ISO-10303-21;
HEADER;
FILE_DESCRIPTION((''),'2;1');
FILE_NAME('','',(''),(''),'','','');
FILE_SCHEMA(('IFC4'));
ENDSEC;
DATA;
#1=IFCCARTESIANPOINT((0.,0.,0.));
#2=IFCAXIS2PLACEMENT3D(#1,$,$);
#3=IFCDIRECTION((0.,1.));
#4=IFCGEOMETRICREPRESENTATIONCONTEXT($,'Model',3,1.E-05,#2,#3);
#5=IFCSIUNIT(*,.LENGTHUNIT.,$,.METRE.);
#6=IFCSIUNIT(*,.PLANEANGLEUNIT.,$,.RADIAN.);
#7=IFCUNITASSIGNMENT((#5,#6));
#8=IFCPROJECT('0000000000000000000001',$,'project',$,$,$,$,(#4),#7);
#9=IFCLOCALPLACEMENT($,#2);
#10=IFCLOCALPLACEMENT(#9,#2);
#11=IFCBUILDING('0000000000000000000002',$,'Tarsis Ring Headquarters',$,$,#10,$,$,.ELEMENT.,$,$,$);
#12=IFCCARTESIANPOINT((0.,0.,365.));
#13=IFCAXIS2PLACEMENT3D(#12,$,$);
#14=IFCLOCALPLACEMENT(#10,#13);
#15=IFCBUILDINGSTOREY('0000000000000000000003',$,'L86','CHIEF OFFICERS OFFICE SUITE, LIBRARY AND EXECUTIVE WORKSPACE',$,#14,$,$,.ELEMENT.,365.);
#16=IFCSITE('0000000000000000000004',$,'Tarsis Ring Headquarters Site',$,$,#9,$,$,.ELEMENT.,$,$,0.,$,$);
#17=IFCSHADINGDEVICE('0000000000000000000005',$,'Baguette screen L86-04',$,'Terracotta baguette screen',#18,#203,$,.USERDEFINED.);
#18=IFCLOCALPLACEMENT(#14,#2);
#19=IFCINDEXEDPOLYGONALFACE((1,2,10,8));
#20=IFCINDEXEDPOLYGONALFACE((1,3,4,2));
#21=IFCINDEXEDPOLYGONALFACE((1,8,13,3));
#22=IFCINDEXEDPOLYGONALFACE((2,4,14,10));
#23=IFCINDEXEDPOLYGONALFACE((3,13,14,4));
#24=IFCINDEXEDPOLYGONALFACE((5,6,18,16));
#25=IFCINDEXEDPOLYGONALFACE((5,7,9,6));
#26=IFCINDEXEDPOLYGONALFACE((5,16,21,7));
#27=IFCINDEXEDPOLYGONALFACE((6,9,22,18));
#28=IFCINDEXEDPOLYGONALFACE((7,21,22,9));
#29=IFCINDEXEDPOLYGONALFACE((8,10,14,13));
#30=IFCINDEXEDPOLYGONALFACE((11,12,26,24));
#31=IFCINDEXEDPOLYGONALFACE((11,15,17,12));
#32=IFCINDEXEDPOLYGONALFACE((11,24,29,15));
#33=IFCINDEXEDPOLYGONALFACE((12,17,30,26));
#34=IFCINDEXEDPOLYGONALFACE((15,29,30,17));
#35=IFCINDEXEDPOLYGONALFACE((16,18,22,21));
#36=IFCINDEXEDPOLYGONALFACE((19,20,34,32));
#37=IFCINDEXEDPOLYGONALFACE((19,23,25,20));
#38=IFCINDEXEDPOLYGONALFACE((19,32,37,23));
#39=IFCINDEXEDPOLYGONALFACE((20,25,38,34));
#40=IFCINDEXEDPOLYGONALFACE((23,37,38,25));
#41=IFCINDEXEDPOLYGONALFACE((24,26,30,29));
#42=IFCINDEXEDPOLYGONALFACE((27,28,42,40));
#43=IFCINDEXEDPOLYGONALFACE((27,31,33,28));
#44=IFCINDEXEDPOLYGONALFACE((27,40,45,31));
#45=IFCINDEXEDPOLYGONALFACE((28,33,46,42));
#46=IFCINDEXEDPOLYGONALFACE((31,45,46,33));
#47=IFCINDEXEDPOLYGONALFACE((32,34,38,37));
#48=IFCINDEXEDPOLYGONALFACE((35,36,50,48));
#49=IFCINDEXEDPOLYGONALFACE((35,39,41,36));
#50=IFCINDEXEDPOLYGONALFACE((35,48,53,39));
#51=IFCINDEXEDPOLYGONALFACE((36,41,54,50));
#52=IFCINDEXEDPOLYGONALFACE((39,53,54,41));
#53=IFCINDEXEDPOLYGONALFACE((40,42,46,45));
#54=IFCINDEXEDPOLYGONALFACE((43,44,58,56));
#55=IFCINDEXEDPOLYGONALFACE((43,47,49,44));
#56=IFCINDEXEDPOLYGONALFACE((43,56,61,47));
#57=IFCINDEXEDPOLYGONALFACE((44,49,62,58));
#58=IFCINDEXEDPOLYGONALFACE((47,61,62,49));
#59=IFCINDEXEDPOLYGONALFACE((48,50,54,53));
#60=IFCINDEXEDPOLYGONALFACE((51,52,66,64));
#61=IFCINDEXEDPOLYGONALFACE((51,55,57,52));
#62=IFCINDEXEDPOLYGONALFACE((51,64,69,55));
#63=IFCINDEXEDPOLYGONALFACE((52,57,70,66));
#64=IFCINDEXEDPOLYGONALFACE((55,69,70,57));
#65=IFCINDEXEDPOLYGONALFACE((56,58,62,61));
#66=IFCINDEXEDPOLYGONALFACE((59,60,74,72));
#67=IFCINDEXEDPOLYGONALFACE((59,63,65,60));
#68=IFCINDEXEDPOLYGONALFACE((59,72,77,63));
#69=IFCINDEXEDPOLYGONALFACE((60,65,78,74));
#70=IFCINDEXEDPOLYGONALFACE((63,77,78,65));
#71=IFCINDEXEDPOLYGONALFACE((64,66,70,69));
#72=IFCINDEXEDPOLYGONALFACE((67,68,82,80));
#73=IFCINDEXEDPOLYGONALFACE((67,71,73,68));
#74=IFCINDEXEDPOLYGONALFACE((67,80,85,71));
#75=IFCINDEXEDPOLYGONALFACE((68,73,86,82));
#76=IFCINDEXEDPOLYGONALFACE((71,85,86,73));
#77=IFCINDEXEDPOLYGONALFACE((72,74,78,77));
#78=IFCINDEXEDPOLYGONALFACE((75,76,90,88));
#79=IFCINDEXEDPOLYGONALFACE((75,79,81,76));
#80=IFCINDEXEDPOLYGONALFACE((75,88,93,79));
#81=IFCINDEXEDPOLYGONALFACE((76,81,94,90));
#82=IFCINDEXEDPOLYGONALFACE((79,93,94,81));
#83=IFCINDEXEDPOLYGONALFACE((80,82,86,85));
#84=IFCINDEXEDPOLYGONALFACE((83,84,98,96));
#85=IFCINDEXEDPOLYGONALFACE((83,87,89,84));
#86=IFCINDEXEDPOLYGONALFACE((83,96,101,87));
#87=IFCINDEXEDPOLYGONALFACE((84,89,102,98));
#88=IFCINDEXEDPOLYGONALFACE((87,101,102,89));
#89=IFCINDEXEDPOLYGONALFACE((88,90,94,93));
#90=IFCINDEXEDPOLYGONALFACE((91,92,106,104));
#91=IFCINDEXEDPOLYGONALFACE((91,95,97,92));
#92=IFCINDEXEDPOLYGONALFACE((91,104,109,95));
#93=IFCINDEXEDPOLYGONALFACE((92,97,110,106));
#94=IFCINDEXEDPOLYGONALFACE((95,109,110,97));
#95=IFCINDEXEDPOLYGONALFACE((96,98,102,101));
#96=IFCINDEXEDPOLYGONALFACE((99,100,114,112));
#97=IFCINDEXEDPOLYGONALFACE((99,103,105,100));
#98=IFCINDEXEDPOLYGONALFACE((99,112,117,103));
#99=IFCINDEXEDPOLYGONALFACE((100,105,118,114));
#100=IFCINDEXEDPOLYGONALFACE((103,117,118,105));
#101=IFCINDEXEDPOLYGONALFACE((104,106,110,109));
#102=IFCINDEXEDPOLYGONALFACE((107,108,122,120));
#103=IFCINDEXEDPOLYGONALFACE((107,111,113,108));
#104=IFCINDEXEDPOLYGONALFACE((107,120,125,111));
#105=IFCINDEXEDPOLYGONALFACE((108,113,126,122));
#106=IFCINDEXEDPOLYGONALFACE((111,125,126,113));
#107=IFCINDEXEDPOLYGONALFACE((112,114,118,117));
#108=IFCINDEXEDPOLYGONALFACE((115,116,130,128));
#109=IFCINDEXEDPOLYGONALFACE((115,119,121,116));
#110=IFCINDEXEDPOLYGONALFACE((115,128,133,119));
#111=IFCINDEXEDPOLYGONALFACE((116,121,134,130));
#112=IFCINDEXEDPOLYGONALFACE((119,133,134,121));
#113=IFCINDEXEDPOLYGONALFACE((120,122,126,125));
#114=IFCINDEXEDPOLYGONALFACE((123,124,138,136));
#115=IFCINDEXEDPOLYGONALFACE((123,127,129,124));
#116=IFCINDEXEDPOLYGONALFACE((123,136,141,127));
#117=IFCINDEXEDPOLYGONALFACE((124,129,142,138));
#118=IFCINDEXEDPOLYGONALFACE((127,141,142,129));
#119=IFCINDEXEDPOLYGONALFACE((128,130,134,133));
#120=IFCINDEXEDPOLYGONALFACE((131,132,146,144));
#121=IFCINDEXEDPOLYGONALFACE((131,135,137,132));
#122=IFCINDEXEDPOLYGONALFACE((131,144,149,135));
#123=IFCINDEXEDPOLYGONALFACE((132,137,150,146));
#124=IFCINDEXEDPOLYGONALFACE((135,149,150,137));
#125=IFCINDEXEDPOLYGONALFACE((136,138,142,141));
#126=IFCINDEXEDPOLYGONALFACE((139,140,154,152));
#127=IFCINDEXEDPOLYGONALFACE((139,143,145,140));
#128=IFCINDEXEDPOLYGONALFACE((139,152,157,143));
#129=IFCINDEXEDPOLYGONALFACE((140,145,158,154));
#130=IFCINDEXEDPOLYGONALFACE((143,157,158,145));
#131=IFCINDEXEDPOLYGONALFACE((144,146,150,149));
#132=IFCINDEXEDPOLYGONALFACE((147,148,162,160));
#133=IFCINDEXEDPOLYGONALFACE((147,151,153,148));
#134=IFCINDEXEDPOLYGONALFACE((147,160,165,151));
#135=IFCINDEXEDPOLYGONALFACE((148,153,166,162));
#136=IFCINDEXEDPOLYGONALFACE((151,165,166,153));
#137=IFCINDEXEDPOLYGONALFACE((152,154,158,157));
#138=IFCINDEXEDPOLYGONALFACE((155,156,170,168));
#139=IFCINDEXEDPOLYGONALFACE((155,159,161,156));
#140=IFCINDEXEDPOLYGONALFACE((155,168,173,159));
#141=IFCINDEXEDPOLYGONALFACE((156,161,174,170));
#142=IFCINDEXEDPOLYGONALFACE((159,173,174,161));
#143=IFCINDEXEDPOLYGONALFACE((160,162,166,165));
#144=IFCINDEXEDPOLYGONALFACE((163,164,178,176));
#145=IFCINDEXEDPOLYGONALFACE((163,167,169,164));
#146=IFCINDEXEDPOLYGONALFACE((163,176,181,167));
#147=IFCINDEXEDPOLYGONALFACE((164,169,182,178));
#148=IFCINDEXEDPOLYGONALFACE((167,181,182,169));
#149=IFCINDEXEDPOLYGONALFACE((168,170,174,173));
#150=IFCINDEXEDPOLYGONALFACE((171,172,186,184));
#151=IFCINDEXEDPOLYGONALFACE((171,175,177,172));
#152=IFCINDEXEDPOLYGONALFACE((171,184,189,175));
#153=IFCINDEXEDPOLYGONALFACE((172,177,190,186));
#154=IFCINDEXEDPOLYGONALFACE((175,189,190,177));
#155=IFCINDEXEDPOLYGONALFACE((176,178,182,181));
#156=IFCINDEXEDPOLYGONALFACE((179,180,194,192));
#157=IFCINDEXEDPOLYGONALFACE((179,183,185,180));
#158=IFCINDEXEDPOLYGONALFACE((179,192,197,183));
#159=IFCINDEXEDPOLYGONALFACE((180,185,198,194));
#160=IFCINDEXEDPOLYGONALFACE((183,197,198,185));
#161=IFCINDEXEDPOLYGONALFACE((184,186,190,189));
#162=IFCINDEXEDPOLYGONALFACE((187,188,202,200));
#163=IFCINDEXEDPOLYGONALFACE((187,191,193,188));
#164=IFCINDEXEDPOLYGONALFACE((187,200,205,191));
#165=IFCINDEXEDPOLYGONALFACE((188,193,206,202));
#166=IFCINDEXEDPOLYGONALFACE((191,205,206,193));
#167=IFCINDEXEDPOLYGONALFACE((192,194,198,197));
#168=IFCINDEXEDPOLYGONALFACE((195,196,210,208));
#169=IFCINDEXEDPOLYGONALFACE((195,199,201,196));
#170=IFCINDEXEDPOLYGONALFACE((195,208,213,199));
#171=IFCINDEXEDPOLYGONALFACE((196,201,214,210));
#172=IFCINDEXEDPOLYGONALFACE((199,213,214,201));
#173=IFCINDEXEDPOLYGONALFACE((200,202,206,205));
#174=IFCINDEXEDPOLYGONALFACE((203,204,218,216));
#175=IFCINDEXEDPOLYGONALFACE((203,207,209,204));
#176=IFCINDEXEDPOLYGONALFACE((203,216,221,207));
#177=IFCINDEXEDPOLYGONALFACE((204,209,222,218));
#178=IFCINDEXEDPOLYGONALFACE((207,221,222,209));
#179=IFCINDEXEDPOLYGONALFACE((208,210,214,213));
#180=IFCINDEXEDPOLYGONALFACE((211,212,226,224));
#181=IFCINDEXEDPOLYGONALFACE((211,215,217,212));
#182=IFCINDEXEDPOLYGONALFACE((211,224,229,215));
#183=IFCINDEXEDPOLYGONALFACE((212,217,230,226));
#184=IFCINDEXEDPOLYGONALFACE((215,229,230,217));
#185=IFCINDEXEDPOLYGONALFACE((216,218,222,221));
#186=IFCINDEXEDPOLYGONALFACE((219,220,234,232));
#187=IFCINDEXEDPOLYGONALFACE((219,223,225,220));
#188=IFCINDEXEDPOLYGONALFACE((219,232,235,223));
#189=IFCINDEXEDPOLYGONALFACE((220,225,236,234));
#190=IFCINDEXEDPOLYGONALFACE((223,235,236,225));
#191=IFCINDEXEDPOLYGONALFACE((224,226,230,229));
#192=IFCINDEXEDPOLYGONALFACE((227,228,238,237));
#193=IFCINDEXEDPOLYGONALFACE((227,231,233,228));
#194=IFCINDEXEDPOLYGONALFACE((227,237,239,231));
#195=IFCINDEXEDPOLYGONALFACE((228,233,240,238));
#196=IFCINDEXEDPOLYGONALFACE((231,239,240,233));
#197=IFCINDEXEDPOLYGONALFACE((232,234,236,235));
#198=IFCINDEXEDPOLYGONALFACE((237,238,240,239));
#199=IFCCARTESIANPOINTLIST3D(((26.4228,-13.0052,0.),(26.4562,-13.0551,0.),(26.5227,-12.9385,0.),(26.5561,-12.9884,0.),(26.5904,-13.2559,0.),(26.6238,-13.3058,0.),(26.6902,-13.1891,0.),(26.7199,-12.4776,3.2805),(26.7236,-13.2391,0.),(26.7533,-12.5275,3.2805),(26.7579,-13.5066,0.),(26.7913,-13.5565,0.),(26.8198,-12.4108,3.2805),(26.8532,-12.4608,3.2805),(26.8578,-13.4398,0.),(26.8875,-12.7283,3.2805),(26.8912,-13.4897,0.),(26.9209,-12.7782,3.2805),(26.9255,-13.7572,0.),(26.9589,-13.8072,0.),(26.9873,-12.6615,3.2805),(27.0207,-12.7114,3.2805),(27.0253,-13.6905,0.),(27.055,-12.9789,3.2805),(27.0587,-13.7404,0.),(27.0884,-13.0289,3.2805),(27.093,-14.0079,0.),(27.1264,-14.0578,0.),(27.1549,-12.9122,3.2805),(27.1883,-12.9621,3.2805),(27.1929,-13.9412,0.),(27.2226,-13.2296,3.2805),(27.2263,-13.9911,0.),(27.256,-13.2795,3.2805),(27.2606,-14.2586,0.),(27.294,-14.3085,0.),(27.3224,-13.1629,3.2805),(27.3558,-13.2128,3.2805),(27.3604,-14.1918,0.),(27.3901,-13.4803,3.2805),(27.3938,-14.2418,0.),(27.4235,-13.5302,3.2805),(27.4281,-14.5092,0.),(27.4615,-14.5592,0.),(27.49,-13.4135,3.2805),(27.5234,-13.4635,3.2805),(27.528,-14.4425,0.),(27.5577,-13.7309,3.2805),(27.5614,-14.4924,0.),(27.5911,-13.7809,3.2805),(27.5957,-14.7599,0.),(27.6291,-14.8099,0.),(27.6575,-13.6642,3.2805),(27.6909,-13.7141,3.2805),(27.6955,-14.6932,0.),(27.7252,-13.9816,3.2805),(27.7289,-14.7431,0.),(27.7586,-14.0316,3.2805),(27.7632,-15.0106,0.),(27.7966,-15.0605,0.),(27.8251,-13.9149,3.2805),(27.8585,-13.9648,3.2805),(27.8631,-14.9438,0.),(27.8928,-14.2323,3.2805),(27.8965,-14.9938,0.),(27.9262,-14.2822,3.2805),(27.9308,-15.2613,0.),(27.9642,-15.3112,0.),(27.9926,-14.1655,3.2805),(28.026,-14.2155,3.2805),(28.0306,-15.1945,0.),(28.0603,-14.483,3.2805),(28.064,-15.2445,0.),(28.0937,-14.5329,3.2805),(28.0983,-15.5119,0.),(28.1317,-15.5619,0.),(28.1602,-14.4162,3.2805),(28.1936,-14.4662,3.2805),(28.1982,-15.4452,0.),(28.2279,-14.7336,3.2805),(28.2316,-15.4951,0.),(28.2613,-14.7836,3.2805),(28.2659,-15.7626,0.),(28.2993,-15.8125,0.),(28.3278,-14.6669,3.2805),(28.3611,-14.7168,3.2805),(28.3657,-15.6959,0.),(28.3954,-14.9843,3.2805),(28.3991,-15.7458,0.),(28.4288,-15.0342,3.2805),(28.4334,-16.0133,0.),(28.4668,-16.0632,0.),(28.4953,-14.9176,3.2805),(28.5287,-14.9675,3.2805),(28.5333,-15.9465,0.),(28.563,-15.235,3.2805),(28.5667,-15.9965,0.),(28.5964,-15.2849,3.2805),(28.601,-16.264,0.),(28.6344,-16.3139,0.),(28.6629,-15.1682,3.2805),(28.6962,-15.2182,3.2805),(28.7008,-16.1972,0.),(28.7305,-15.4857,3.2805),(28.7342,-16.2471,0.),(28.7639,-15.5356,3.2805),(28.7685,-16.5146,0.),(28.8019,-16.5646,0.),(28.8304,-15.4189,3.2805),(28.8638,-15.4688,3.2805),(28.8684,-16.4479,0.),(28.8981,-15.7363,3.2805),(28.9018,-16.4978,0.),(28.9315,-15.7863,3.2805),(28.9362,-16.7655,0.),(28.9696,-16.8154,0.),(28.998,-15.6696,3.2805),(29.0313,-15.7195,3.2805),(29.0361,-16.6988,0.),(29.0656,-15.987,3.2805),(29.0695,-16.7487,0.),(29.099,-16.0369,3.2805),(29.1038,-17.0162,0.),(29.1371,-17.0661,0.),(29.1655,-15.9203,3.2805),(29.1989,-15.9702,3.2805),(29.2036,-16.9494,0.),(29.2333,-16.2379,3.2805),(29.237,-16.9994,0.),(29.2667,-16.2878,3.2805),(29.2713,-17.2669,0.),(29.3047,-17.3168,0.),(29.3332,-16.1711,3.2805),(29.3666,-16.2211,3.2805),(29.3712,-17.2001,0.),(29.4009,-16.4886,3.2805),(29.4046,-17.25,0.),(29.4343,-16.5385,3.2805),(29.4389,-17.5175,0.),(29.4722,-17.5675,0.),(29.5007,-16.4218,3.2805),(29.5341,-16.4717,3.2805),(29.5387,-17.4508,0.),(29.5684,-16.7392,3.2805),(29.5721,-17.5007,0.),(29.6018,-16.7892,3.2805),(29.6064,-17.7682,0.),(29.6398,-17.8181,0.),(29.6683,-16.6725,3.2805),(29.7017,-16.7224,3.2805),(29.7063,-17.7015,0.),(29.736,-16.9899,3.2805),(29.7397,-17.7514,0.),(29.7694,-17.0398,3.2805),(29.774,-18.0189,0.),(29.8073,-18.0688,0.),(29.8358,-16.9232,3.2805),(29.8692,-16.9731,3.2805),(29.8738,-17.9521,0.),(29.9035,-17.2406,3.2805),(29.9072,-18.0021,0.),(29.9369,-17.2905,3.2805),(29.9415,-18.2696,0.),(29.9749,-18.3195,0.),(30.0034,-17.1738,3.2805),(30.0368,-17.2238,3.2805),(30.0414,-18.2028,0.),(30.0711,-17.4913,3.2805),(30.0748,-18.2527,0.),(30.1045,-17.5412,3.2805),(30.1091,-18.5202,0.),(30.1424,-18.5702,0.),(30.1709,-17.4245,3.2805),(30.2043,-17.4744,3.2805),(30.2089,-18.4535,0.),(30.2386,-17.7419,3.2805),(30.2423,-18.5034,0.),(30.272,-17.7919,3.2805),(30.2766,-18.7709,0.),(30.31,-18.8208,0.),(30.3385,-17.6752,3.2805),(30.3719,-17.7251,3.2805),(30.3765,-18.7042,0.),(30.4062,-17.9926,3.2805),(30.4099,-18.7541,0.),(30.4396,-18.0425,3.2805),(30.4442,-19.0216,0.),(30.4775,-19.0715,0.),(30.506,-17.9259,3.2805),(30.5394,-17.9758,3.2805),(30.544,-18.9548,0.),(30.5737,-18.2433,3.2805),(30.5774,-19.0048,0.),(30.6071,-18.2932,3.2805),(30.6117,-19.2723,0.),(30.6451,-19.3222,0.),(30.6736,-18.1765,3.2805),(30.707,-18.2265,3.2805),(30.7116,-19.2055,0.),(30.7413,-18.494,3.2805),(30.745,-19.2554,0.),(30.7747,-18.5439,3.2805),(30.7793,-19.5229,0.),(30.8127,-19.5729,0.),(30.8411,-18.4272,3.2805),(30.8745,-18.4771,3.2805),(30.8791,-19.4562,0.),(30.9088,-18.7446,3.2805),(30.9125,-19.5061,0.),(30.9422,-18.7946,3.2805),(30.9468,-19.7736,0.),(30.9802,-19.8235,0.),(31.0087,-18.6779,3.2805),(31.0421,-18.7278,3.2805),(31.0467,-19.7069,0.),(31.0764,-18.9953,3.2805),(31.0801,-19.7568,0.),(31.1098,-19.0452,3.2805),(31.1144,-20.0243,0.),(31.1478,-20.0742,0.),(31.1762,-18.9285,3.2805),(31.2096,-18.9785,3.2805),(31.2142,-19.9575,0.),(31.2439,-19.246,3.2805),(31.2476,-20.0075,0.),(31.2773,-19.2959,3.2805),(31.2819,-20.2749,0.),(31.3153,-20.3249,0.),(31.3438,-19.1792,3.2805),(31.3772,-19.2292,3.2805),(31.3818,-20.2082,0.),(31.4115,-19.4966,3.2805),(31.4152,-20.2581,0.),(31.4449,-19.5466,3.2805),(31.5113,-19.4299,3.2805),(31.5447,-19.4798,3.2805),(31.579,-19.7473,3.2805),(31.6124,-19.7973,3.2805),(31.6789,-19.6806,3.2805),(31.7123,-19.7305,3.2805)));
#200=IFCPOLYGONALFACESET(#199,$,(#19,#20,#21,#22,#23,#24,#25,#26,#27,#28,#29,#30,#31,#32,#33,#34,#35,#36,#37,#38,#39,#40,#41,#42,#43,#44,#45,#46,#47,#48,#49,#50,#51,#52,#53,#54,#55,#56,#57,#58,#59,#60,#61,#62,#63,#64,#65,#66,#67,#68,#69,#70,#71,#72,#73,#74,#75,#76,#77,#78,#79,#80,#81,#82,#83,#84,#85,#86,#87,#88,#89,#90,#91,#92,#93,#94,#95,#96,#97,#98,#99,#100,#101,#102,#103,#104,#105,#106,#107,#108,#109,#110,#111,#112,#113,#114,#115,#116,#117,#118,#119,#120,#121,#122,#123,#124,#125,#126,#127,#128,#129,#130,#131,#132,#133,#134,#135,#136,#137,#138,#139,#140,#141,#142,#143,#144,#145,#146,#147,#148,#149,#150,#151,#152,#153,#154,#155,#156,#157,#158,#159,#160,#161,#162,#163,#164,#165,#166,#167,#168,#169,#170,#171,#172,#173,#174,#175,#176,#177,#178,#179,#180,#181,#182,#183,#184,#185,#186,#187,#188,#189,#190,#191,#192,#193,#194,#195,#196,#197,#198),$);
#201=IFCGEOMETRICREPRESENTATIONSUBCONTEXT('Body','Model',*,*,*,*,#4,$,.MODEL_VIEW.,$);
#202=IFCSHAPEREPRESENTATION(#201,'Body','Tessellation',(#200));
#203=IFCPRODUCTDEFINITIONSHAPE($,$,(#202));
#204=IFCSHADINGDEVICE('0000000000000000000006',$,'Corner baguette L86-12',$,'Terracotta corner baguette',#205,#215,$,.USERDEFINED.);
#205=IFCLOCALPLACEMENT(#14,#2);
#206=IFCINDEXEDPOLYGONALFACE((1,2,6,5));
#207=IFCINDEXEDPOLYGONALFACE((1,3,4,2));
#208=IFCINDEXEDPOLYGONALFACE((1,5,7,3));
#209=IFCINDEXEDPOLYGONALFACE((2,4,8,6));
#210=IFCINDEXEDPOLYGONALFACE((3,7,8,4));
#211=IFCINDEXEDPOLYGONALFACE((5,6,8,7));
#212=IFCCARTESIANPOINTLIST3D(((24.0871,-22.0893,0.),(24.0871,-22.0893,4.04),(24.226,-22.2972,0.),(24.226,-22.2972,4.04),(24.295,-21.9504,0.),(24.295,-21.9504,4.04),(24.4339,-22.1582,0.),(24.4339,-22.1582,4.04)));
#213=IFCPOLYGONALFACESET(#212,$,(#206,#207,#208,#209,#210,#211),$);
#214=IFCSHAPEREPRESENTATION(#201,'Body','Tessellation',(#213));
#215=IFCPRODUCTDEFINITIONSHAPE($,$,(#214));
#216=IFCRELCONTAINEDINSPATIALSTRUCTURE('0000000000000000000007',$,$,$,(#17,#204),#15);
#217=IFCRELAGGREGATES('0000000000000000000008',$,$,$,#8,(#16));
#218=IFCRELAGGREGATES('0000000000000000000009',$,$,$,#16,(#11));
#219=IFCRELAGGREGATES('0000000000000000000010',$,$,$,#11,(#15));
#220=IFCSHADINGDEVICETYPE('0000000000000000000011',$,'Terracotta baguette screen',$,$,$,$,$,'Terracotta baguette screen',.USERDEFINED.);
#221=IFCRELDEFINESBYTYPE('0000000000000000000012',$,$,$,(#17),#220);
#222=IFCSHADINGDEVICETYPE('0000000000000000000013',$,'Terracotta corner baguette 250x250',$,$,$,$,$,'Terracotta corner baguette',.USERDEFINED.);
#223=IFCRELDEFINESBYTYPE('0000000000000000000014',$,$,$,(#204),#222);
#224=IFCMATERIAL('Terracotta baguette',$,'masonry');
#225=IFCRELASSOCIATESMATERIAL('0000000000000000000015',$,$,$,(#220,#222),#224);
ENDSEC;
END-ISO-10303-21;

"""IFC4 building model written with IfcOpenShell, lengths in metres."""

from ifc_helpers import new_model, si_unit, direction, frame, frame_2d, origin, origin_2d, place, context, subcontext, project, spatial, rectangle, composite_profile, extrude, material, type_object, element, save


model = new_model("IFC4")

# Units and contexts
model_context = context("Model", 3, precision=1e-05, world=origin(), true_north=direction((0.0, 1.0)))
body_context = subcontext(model_context, "Body", "Model", "MODEL_VIEW")
ifc_project = project(units=[si_unit("LENGTHUNIT", "METRE"), si_unit("PLANEANGLEUNIT", "RADIAN")], contexts=[model_context])

# Site, building, storey
site_placement = place(None, origin())
site = spatial("IfcSite", under=ifc_project, at=site_placement, Name="Tarsis Ring Headquarters Site", CompositionType="ELEMENT", RefElevation=0.0)
building_placement = place(site_placement, origin())
building = spatial("IfcBuilding", under=site, at=building_placement, Name="Tarsis Ring Headquarters", CompositionType="ELEMENT")
storey_placement = place(building_placement, frame((0.0, 0.0, 365.0)))
storey = spatial("IfcBuildingStorey", under=building, at=storey_placement, Name="L86", Description="CHIEF OFFICERS OFFICE SUITE, LIBRARY AND EXECUTIVE WORKSPACE", CompositionType="ELEMENT", Elevation=365.0)

# Shading devices
ifc_material_1 = material(Name="Terracotta baguette", Category="masonry")
shading_device_type_1 = type_object("IfcShadingDeviceType", Name="Terracotta baguette screen", ElementType="Terracotta baguette screen", PredefinedType="USERDEFINED", material=ifc_material_1)
shading_device_placement = place(storey_placement, frame((31.3652, -20.2915, 0.0), z_axis=(0.0, 0.0, 1.0), x_axis=(-0.555694, 0.831378, 0.0)))
element("IfcShadingDevice", 1, at=shading_device_placement, inside=storey, type_object=shading_device_type_1, Name="Baguette screen L86-04", ObjectType="Terracotta baguette screen", PredefinedType="USERDEFINED", context=body_context, shape_type="SweptSolid", body=[
    extrude(composite_profile([rectangle(XDim=0.0601, YDim=0.1201, at=frame_2d((0.03, 0.0))), rectangle(XDim=0.0601, YDim=0.1201, at=frame_2d((0.3315, 0.0))), rectangle(XDim=0.0601, YDim=0.1201, at=frame_2d((0.6331, 0.0))), rectangle(XDim=0.0601, YDim=0.1201, at=frame_2d((0.9346, 0.0))), rectangle(XDim=0.0601, YDim=0.1201, at=frame_2d((1.2361, 0.0))), rectangle(XDim=0.0601, YDim=0.1201, at=frame_2d((1.5376, 0.0))), rectangle(XDim=0.0601, YDim=0.1201, at=frame_2d((1.8391, 0.0))), rectangle(XDim=0.0601, YDim=0.1201, at=frame_2d((2.1406, 0.0))), rectangle(XDim=0.0601, YDim=0.1201, at=frame_2d((2.4421, 0.0))), rectangle(XDim=0.0601, YDim=0.1201, at=frame_2d((2.7437, 0.0))), rectangle(XDim=0.0601, YDim=0.1201, at=frame_2d((3.0452, 0.0))), rectangle(XDim=0.0601, YDim=0.1201, at=frame_2d((3.3467, 0.0))), rectangle(XDim=0.0601, YDim=0.1201, at=frame_2d((3.6482, 0.0))), rectangle(XDim=0.0601, YDim=0.1201, at=frame_2d((3.9497, 0.0))), rectangle(XDim=0.0601, YDim=0.1201, at=frame_2d((4.2512, 0.0))), rectangle(XDim=0.0601, YDim=0.1201, at=frame_2d((4.553, 0.0))), rectangle(XDim=0.0601, YDim=0.1201, at=frame_2d((4.8545, 0.0))), rectangle(XDim=0.0601, YDim=0.1201, at=frame_2d((5.156, 0.0))), rectangle(XDim=0.0601, YDim=0.1201, at=frame_2d((5.4575, 0.0))), rectangle(XDim=0.0601, YDim=0.1201, at=frame_2d((5.759, 0.0))), rectangle(XDim=0.0601, YDim=0.1201, at=frame_2d((6.0605, 0.0))), rectangle(XDim=0.0601, YDim=0.1201, at=frame_2d((6.3621, 0.0))), rectangle(XDim=0.0601, YDim=0.1201, at=frame_2d((6.6636, 0.0))), rectangle(XDim=0.0601, YDim=0.1201, at=frame_2d((6.9651, 0.0))), rectangle(XDim=0.0601, YDim=0.1201, at=frame_2d((7.2666, 0.0))), rectangle(XDim=0.0601, YDim=0.1201, at=frame_2d((7.5681, 0.0))), rectangle(XDim=0.0601, YDim=0.1201, at=frame_2d((7.8696, 0.0))), rectangle(XDim=0.0601, YDim=0.1201, at=frame_2d((8.1711, 0.0))), rectangle(XDim=0.0601, YDim=0.1201, at=frame_2d((8.4727, 0.0))), rectangle(XDim=0.0601, YDim=0.1201, at=frame_2d((8.7742, 0.0)))]), origin(), (0.082004, -0.161937, 0.983388), 3.3359),
])
shading_device_type_2 = type_object("IfcShadingDeviceType", Name="Terracotta corner baguette 250x250", ElementType="Terracotta corner baguette", PredefinedType="USERDEFINED", material=ifc_material_1)
for number, where, z_axis, x_axis, name in (
    (2, (24.2605, -22.1238, 0.0), (0.0, 0.0, 1.0), (0.831373, 0.555715, 0.0), "Corner baguette L86-12"),
):
    element("IfcShadingDevice", number, at=place(storey_placement, frame(where, z_axis=z_axis, x_axis=x_axis)), inside=storey, type_object=shading_device_type_2, Name=name, ObjectType="Terracotta corner baguette", PredefinedType="USERDEFINED", context=body_context, shape_type="SweptSolid", body=[
        extrude(rectangle(XDim=0.25, YDim=0.25, at=origin_2d()), origin(), (0.0, 0.0, 1.0), 4.04),
    ])

save(model, "model.ifc")
